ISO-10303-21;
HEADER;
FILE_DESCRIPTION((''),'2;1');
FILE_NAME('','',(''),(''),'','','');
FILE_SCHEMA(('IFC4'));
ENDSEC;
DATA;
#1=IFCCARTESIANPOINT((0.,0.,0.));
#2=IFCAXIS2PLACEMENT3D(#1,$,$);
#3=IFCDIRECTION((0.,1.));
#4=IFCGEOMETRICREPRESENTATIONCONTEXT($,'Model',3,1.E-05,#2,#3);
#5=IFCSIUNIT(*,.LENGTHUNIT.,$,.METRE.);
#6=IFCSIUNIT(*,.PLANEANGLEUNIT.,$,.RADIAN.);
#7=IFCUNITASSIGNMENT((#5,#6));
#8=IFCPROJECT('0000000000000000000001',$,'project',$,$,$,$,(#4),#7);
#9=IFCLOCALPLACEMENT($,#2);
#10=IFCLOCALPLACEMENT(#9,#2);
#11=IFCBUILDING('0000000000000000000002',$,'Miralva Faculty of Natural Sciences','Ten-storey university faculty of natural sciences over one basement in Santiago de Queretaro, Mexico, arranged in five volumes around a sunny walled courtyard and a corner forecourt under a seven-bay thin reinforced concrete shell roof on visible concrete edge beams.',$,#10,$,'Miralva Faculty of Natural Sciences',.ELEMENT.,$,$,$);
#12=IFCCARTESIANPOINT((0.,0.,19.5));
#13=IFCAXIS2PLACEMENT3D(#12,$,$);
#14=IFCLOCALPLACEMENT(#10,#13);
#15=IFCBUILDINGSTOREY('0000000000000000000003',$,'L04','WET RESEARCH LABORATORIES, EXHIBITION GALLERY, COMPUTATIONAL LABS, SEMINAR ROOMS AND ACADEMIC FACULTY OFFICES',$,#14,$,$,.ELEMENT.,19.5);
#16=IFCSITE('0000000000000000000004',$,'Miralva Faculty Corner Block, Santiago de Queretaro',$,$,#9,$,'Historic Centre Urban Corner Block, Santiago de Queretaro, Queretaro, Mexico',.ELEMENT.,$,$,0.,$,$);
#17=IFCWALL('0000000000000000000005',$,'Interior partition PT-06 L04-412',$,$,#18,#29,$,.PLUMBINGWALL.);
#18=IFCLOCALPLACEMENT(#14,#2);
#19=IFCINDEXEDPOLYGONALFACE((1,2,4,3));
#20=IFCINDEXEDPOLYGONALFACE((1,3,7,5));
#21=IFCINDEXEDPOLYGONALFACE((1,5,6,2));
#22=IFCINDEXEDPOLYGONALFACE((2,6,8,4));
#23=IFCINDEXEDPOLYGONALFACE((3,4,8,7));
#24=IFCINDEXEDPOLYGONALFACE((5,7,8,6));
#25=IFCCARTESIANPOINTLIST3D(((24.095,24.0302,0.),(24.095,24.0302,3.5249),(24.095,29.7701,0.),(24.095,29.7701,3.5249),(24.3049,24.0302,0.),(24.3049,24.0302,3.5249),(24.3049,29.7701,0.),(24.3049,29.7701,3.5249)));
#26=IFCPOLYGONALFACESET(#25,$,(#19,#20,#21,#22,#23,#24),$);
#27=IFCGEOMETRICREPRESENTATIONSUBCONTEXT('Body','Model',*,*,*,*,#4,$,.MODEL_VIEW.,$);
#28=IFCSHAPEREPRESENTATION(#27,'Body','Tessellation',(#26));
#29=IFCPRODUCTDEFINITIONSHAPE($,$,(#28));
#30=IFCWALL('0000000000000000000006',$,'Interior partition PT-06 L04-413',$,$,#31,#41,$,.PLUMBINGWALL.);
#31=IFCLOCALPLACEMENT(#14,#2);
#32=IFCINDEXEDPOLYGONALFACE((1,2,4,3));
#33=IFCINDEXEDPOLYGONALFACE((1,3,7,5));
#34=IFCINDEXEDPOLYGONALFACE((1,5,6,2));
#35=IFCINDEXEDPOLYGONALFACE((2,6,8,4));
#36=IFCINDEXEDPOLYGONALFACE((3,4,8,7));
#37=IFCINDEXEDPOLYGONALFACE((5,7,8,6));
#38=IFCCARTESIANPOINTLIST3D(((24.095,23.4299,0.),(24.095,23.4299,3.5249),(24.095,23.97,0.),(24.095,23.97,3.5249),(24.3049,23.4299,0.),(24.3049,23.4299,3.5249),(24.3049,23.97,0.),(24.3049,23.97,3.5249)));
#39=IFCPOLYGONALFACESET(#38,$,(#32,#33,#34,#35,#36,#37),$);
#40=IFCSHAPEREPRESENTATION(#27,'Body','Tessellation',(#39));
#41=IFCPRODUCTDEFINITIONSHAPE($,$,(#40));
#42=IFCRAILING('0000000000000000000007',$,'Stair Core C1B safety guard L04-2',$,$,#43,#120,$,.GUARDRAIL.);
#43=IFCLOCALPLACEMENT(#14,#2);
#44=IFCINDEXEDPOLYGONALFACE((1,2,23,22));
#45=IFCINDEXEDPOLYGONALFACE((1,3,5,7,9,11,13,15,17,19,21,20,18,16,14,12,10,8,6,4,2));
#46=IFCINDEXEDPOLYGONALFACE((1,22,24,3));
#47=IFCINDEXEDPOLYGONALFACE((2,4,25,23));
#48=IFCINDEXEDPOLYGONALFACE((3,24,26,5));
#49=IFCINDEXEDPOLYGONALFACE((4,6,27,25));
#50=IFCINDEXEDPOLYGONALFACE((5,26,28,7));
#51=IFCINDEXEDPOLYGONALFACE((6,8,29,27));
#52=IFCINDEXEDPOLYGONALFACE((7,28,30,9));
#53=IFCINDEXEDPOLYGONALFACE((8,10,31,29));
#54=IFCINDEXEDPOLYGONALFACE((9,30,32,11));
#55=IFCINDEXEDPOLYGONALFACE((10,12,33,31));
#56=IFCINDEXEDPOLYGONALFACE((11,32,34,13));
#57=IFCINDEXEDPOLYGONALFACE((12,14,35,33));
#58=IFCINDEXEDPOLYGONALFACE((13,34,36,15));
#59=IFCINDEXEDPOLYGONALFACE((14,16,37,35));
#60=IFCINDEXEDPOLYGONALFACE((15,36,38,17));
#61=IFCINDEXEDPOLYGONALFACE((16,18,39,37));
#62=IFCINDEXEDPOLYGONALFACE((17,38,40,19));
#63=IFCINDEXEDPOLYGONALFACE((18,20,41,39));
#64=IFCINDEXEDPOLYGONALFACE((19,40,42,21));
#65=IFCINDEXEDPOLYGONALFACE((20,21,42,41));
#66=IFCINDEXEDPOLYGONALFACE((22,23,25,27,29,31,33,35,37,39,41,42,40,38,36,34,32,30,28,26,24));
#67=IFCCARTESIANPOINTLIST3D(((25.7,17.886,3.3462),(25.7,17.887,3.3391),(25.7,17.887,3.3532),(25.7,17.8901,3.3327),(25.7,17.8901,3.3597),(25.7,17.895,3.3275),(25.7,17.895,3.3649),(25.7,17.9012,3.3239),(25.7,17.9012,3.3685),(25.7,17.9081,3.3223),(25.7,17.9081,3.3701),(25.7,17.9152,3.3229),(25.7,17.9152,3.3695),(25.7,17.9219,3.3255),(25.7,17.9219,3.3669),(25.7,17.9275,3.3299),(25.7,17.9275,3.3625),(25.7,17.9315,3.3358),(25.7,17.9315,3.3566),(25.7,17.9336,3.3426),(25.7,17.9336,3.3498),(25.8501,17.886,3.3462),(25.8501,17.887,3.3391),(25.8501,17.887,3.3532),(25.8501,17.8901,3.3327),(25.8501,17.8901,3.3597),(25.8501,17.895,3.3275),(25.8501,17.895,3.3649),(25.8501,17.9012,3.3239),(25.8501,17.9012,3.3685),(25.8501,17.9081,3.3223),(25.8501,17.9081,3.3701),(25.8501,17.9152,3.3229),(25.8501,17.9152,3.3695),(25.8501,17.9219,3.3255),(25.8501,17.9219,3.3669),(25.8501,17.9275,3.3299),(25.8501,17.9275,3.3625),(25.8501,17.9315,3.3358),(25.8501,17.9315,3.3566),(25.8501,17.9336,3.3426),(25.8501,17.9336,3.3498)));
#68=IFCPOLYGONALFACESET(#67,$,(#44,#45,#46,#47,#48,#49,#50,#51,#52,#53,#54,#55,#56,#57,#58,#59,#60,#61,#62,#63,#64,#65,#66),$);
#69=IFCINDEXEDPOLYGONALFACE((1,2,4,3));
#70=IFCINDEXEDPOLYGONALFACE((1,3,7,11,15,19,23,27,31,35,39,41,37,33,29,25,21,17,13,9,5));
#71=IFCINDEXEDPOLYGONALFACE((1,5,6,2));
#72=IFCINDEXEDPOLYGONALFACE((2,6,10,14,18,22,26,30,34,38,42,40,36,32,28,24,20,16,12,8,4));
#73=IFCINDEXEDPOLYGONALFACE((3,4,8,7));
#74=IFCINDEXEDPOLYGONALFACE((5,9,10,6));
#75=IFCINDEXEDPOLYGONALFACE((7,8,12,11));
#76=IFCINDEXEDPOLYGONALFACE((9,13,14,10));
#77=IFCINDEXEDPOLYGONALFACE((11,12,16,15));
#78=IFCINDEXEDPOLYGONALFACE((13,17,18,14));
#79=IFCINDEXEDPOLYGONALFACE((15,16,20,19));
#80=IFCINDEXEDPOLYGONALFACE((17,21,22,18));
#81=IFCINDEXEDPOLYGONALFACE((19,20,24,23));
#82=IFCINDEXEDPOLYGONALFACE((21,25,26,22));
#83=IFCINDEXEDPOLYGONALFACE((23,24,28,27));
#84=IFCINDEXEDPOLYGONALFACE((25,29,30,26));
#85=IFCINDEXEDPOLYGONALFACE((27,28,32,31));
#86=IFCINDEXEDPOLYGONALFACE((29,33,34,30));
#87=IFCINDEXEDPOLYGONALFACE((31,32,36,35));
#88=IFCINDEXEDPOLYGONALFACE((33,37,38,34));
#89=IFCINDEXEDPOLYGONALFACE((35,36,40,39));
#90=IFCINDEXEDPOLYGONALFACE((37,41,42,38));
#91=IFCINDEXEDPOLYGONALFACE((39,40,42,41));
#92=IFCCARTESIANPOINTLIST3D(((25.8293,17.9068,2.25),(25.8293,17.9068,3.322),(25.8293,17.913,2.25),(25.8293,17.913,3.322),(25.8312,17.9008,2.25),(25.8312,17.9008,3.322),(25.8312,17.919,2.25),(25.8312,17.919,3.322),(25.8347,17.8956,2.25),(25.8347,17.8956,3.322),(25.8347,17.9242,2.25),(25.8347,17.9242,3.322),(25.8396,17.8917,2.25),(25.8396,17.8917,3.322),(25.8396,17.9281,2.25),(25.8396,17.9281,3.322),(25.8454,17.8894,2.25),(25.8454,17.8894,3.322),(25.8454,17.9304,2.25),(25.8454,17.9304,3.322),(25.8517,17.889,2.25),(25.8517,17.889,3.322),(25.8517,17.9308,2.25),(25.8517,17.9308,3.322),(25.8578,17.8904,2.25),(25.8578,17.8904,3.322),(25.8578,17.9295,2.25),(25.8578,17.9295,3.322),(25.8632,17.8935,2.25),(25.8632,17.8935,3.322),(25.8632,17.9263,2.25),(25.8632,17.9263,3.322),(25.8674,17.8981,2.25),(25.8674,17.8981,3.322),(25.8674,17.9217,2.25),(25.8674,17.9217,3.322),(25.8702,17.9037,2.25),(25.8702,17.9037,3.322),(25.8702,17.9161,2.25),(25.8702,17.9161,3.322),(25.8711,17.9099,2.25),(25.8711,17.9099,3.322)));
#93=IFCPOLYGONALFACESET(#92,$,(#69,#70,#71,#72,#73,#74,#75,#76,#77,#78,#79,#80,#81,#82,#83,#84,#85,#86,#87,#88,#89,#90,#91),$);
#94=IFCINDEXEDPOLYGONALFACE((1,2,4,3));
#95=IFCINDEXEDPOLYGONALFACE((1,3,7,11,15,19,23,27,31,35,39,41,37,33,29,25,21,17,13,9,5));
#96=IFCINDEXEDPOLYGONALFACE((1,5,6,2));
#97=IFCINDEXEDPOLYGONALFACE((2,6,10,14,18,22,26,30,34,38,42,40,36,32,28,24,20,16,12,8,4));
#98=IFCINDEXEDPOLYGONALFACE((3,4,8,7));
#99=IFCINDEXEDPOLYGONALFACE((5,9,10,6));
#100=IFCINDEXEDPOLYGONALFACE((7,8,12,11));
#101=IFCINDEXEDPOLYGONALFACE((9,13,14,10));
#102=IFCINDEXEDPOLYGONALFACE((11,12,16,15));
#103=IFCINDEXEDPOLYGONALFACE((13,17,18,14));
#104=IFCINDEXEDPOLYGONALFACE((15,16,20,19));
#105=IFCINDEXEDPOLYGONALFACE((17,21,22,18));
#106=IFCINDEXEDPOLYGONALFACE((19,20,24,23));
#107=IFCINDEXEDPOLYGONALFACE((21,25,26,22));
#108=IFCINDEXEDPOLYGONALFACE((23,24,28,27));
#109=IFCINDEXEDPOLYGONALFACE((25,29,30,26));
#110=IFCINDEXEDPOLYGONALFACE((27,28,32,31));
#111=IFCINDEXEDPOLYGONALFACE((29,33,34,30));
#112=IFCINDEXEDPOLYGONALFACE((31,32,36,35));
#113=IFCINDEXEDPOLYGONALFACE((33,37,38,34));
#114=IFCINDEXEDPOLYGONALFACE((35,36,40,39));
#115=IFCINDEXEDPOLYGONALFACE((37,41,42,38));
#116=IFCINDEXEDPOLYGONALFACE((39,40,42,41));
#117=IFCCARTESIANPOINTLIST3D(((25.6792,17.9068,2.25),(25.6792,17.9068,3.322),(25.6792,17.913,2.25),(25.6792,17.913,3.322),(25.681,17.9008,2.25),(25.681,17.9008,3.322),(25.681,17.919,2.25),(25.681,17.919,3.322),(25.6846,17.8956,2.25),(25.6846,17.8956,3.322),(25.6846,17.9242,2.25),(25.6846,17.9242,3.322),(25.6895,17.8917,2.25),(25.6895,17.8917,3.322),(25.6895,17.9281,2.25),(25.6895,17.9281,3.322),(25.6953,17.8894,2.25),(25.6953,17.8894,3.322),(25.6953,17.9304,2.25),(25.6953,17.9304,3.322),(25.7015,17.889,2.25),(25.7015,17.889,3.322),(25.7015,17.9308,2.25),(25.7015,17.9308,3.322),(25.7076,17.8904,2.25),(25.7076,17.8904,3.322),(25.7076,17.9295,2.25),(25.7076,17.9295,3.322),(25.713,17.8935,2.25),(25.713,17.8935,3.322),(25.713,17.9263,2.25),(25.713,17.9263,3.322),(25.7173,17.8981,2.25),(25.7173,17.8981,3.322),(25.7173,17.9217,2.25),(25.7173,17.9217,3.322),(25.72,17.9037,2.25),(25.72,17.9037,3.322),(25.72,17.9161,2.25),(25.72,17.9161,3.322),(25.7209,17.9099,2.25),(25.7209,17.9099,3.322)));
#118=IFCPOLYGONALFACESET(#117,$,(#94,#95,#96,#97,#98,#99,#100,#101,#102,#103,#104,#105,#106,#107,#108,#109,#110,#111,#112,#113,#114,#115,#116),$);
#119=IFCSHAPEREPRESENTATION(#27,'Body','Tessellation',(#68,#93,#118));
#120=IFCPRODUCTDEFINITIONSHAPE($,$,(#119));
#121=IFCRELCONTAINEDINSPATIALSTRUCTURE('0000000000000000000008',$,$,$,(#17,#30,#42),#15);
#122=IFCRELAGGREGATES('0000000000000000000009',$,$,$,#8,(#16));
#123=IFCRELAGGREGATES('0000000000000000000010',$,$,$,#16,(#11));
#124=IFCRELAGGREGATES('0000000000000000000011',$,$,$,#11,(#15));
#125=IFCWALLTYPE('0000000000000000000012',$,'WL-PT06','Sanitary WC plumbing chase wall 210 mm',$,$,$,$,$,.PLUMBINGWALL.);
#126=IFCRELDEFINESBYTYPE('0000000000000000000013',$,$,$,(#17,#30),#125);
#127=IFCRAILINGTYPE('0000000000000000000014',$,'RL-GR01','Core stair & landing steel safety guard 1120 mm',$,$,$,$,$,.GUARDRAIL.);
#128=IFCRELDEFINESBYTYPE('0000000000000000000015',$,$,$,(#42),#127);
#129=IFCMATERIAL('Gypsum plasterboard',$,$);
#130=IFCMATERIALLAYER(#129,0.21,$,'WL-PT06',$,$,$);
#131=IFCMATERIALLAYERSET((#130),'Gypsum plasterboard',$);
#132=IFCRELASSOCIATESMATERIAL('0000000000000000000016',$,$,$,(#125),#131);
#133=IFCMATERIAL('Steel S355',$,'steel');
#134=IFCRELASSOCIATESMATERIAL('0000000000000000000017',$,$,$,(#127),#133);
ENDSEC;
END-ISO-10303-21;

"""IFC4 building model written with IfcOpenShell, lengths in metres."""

from ifc_helpers import new_model, si_unit, direction, frame, frame_2d, origin, origin_2d, place, context, subcontext, project, spatial, rectangle, circle, extrude, material, layer, layer_set, type_object, element, save


model = new_model("IFC4")

# Units and contexts
model_context = context("Model", 3, precision=1e-05, world=origin(), true_north=direction((0.0, 1.0)))
body_context = subcontext(model_context, "Body", "Model", "MODEL_VIEW")
ifc_project = project(units=[si_unit("LENGTHUNIT", "METRE"), si_unit("PLANEANGLEUNIT", "RADIAN")], contexts=[model_context])

# Site, building, storey
site_placement = place(None, origin())
site = spatial("IfcSite", under=ifc_project, at=site_placement, Name="Miralva Faculty Corner Block, Santiago de Queretaro", LongName="Historic Centre Urban Corner Block, Santiago de Queretaro, Queretaro, Mexico", CompositionType="ELEMENT", RefElevation=0.0)
building_placement = place(site_placement, origin())
building = spatial("IfcBuilding", under=site, at=building_placement, Name="Miralva Faculty of Natural Sciences", Description="Ten-storey university faculty of natural sciences over one basement in Santiago de Queretaro, Mexico, arranged in five volumes around a sunny walled courtyard and a corner forecourt under a seven-bay thin reinforced concrete shell roof on visible concrete edge beams.", LongName="Miralva Faculty of Natural Sciences", CompositionType="ELEMENT")
storey_placement = place(building_placement, frame((0.0, 0.0, 19.5)))
storey = spatial("IfcBuildingStorey", under=building, at=storey_placement, Name="L04", Description="WET RESEARCH LABORATORIES, EXHIBITION GALLERY, COMPUTATIONAL LABS, SEMINAR ROOMS AND ACADEMIC FACULTY OFFICES", CompositionType="ELEMENT", Elevation=19.5)

# Shared definitions
ifc_material_1 = material(Name="Gypsum plasterboard")

# Walls
ifc_layer_1 = layer(ifc_material_1, 0.21, Name="WL-PT06")
ifc_layer_set_1 = layer_set([ifc_layer_1], Name="Gypsum plasterboard")
wall_type_1 = type_object("IfcWallType", Name="WL-PT06", Description="Sanitary WC plumbing chase wall 210 mm", PredefinedType="PLUMBINGWALL", material=ifc_layer_set_1)
wall_1_placement = place(storey_placement, frame((24.2, 24.03, 0.0), z_axis=(0.0, 0.0, 1.0), x_axis=(0.0, 1.0, 0.0)))
element("IfcWall", 1, at=wall_1_placement, inside=storey, type_object=wall_type_1, Name="Interior partition PT-06 L04-412", PredefinedType="PLUMBINGWALL", context=body_context, shape_type="SweptSolid", body=[
    extrude(rectangle(XDim=5.74, YDim=0.21, at=frame_2d((2.8701, 0.0))), origin(), (0.0, 0.0, 1.0), 3.5249),
])
wall_2_placement = place(storey_placement, frame((24.2, 23.4299, 0.0), z_axis=(0.0, 0.0, 1.0), x_axis=(0.0, 1.0, 0.0)))
element("IfcWall", 2, at=wall_2_placement, inside=storey, type_object=wall_type_1, Name="Interior partition PT-06 L04-413", PredefinedType="PLUMBINGWALL", context=body_context, shape_type="SweptSolid", body=[
    extrude(rectangle(XDim=0.54, YDim=0.21, at=frame_2d((0.27, 0.0))), origin(), (0.0, 0.0, 1.0), 3.5249),
])

# Railing
ifc_material_2 = material(Name="Steel S355", Category="steel")
railing_type = type_object("IfcRailingType", Name="RL-GR01", Description="Core stair & landing steel safety guard 1120 mm", PredefinedType="GUARDRAIL", material=ifc_material_2)
railing_1_placement = place(storey_placement, frame((25.8501, 17.9099, 2.25)))
element("IfcRailing", 3, at=railing_1_placement, inside=storey, type_object=railing_type, Name="Stair Core C1B safety guard L04-2", PredefinedType="GUARDRAIL", context=body_context, shape_type="SweptSolid", body=[
    extrude(circle(Radius=0.0239, at=origin_2d()), frame((0.0, 0.0, 1.0962), z_axis=(-1.0, 0.0, 0.0), x_axis=(0.0, -1.0, 0.0)), (0.0, 0.0, 1.0), 0.1501),
    extrude(circle(Radius=0.021, at=origin_2d()), origin(), (0.0, 0.0, 1.0), 1.072),
    extrude(circle(Radius=0.021, at=origin_2d()), frame((-0.1501, 0.0, 0.0)), (0.0, 0.0, 1.0), 1.072),
])

save(model, "model.ifc")
